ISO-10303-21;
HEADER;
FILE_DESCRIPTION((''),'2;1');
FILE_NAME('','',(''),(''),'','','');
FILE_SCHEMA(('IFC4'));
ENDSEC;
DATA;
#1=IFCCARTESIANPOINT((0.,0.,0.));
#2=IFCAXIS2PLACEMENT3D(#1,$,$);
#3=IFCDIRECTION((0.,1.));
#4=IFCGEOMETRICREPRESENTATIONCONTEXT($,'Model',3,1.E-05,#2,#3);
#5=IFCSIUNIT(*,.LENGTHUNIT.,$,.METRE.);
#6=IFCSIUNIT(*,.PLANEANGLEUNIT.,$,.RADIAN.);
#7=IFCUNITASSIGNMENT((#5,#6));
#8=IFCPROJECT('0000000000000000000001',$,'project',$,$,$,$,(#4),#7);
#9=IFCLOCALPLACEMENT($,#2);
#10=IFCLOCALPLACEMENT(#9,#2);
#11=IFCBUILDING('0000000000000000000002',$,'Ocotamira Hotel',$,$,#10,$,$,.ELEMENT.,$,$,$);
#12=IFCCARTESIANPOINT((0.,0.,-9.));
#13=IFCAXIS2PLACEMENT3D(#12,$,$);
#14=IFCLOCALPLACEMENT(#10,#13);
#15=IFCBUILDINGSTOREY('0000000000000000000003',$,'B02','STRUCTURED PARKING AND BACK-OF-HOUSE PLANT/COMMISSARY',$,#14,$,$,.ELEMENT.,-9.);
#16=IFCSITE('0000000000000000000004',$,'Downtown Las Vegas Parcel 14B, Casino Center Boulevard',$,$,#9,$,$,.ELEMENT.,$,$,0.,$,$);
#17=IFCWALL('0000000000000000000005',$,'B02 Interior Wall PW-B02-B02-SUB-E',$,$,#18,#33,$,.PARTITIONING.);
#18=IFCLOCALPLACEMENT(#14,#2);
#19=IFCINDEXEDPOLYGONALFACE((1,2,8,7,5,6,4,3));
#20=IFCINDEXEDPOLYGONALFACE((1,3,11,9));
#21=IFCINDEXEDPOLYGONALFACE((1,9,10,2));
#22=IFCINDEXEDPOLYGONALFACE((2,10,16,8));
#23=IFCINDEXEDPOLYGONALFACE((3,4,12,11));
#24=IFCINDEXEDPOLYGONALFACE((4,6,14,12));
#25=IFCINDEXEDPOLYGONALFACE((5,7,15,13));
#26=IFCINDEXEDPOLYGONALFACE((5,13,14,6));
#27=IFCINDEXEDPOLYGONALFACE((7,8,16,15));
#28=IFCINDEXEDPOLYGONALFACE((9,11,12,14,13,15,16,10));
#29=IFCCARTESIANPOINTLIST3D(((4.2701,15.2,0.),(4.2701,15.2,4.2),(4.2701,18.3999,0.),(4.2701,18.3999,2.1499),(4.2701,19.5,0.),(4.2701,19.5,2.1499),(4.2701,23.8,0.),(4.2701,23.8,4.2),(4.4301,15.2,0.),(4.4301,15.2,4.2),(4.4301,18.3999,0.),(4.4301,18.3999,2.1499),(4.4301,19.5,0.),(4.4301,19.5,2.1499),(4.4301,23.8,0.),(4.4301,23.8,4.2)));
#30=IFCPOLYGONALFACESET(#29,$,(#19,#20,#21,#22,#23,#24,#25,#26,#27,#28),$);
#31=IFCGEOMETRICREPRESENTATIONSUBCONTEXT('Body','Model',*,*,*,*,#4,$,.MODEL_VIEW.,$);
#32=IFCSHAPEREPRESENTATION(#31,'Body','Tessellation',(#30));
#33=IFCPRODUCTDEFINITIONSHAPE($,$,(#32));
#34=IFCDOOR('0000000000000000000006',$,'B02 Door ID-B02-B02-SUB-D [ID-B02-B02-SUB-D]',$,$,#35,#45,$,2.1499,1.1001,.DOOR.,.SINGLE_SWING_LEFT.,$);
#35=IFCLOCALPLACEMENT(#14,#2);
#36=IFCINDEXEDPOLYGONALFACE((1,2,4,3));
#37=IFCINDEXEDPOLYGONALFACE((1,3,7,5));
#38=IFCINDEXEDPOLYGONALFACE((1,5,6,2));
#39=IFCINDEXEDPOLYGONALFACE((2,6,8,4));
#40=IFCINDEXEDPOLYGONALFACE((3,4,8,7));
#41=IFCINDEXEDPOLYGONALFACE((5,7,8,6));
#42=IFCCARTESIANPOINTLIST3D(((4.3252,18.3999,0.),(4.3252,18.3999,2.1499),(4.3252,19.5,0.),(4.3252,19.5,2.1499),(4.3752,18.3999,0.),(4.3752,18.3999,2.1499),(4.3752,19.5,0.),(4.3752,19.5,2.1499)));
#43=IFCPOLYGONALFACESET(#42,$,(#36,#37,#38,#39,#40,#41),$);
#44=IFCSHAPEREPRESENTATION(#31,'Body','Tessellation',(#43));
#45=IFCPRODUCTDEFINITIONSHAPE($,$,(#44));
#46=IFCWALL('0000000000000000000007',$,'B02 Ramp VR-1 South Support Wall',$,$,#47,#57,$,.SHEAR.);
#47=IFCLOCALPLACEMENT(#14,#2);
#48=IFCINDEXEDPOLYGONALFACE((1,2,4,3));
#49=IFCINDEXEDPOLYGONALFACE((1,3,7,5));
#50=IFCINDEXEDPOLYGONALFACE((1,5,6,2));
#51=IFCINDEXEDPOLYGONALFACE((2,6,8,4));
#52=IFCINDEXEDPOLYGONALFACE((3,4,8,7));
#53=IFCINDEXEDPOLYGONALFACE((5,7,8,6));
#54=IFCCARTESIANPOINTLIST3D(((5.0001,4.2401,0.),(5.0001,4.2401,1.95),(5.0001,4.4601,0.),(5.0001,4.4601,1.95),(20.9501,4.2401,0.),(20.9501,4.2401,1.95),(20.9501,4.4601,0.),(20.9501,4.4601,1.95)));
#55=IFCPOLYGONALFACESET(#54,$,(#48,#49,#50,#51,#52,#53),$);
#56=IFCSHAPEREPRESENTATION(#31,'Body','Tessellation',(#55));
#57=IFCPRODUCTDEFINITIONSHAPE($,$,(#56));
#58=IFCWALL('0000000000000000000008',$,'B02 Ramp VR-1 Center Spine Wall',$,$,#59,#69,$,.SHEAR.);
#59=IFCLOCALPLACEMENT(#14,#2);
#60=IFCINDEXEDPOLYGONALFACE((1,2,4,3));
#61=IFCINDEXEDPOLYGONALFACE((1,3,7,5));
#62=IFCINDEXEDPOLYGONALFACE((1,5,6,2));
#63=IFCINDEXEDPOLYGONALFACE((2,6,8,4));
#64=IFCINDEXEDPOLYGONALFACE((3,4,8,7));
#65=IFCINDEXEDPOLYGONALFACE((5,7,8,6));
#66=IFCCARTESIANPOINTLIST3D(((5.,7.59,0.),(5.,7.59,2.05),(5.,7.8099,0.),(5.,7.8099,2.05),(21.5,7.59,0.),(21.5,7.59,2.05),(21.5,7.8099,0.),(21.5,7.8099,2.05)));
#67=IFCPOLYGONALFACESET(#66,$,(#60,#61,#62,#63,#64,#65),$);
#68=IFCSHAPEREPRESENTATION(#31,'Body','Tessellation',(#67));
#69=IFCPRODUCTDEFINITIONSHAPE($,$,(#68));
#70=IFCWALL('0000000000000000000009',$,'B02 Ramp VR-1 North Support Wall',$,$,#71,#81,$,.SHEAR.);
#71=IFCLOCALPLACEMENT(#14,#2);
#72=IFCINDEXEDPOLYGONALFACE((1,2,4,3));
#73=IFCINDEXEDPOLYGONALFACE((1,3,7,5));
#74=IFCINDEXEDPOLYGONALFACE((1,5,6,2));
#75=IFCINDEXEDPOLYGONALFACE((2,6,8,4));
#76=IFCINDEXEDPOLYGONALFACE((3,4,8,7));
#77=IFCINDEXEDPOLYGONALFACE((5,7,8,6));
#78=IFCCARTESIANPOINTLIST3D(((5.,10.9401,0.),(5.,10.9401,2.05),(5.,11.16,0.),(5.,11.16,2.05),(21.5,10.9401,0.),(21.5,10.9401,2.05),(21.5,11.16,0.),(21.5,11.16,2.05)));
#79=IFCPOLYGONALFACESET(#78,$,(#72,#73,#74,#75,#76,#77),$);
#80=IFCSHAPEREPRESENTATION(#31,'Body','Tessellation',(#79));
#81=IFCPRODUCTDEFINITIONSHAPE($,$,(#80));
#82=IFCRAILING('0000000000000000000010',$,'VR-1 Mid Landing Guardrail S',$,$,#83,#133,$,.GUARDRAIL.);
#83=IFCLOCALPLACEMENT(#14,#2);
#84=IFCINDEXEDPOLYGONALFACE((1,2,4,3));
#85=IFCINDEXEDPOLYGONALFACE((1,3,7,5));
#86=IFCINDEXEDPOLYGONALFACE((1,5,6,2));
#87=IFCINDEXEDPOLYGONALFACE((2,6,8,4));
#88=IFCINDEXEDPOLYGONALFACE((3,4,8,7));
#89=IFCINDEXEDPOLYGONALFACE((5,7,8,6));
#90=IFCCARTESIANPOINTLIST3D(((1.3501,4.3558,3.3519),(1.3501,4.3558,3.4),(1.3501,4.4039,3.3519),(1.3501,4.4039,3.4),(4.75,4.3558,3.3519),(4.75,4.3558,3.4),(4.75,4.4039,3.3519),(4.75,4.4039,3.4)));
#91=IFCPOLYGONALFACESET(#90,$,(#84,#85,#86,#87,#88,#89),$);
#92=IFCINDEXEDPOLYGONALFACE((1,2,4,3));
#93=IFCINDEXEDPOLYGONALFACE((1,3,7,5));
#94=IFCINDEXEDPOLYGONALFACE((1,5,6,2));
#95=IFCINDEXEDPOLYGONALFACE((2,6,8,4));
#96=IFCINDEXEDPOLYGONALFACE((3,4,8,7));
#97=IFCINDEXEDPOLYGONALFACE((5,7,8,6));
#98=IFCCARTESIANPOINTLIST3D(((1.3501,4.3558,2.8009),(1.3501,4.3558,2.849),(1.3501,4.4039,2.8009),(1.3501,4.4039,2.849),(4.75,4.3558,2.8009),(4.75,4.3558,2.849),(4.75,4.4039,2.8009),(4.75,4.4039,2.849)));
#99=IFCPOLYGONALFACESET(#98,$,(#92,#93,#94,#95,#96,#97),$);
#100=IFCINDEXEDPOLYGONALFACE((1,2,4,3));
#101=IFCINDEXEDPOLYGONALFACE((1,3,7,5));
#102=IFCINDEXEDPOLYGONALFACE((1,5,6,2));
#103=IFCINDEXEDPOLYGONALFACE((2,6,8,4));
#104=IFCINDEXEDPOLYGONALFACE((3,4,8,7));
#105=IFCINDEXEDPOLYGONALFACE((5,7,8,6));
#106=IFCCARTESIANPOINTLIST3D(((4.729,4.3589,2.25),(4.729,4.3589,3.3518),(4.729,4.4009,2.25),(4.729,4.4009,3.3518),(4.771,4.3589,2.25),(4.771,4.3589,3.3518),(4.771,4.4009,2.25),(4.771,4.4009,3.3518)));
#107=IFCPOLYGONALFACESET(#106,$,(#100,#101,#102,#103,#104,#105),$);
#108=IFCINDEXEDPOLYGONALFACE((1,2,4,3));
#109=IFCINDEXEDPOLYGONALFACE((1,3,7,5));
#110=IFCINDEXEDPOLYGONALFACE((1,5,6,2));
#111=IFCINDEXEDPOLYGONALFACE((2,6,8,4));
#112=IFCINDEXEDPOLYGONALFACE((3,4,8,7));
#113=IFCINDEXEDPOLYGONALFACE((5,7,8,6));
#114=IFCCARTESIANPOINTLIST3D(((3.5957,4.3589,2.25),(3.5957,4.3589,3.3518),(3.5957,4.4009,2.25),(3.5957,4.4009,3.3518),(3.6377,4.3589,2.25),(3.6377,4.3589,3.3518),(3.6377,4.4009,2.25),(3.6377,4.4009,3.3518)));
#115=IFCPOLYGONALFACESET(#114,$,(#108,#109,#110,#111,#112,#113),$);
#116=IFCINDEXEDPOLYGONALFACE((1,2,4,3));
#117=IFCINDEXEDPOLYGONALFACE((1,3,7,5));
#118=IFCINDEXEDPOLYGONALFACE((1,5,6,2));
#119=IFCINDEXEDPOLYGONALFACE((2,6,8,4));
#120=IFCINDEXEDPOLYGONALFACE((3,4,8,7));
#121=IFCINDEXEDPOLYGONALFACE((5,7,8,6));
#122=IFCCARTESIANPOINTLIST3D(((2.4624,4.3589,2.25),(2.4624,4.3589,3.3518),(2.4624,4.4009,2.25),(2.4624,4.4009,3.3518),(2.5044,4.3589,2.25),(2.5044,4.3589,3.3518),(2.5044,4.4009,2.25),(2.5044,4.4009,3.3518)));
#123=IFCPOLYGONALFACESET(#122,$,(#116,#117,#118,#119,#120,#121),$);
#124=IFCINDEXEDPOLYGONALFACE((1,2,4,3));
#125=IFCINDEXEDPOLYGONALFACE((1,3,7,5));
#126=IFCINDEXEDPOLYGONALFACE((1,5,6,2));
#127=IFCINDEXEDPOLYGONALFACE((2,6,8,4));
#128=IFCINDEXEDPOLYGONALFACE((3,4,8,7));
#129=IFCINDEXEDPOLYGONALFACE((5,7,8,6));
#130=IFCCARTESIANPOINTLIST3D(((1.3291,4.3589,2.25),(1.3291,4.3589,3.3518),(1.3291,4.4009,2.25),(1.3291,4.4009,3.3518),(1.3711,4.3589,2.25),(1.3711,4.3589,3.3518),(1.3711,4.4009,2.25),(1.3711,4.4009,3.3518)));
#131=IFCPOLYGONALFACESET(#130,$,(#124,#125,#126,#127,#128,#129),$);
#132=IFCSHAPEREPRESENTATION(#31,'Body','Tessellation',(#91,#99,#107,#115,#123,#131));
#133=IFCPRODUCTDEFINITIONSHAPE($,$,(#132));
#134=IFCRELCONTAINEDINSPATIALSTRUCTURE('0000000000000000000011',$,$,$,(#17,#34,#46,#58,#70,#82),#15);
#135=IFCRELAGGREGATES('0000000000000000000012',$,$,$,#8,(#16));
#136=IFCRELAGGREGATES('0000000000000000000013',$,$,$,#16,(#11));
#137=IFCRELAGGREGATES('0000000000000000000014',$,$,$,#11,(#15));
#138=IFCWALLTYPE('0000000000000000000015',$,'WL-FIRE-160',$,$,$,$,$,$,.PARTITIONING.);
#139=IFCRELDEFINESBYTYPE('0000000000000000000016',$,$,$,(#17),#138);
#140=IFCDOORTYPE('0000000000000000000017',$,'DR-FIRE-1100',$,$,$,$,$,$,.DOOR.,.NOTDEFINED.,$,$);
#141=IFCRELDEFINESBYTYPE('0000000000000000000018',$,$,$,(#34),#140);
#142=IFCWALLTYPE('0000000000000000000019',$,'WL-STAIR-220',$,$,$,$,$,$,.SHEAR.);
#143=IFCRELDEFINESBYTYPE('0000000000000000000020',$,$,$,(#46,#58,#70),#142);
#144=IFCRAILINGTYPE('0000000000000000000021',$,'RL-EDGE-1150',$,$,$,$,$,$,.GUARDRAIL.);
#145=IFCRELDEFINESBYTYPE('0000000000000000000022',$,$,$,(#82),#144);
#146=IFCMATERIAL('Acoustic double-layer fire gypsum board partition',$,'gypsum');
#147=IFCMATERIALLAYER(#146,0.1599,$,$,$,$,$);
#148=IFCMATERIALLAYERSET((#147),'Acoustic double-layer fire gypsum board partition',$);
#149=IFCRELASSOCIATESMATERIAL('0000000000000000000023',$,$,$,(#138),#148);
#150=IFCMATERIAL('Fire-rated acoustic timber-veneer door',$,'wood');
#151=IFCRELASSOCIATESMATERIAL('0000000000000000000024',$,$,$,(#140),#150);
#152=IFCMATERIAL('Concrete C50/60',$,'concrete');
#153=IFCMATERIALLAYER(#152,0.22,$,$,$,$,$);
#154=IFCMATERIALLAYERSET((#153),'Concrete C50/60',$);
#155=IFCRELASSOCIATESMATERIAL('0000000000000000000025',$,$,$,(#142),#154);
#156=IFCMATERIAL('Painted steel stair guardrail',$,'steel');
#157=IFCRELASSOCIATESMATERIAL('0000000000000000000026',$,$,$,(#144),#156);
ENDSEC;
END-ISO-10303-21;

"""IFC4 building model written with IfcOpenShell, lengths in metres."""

from ifc_helpers import new_model, si_unit, direction, frame, frame_2d, origin, origin_2d, place, context, subcontext, project, spatial, rectangle, extrude, source, transform, mapped, material, layer, layer_set, type_object, element, fill, save


model = new_model("IFC4")

# Units and contexts
model_context = context("Model", 3, precision=1e-05, world=origin(), true_north=direction((0.0, 1.0)))
body_context = subcontext(model_context, "Body", "Model", "MODEL_VIEW")
ifc_project = project(units=[si_unit("LENGTHUNIT", "METRE"), si_unit("PLANEANGLEUNIT", "RADIAN")], contexts=[model_context])

# Site, building, storey
site_placement = place(None, origin())
site = spatial("IfcSite", under=ifc_project, at=site_placement, Name="Downtown Las Vegas Parcel 14B, Casino Center Boulevard", CompositionType="ELEMENT", RefElevation=0.0)
building_placement = place(site_placement, origin())
building = spatial("IfcBuilding", under=site, at=building_placement, Name="Ocotamira Hotel", CompositionType="ELEMENT")
storey_placement = place(building_placement, frame((0.0, 0.0, -9.0)))
storey = spatial("IfcBuildingStorey", under=building, at=storey_placement, Name="B02", Description="STRUCTURED PARKING AND BACK-OF-HOUSE PLANT/COMMISSARY", CompositionType="ELEMENT", Elevation=-9.0)

# Shared definitions
ifc_material_1 = material(Name="Concrete C50/60", Category="concrete")

# Shared definitions
ifc_material_2 = material(Name="Fire-rated acoustic timber-veneer door", Category="wood")

# Wall, opening, door
ifc_material_3 = material(Name="Acoustic double-layer fire gypsum board partition", Category="gypsum")
ifc_layer_1 = layer(ifc_material_3, 0.1599)
ifc_layer_set_1 = layer_set([ifc_layer_1], Name="Acoustic double-layer fire gypsum board partition")
wall_type_1 = type_object("IfcWallType", Name="WL-FIRE-160", PredefinedType="PARTITIONING", material=ifc_layer_set_1)
wall_1_placement = place(storey_placement, frame((4.3501, 15.2, 0.0), z_axis=(0.0, 0.0, 1.0), x_axis=(0.0, 1.0, 0.0)))
wall_1 = element("IfcWall", 1, at=wall_1_placement, inside=storey, type_object=wall_type_1, Name="B02 Interior Wall PW-B02-B02-SUB-E", PredefinedType="PARTITIONING", context=body_context, shape_type="SweptSolid", body=[
    extrude(rectangle(XDim=8.6001, YDim=0.1599, at=frame_2d((4.3, 0.0))), origin(), (0.0, 0.0, 1.0), 4.2),
])
opening_1_placement = place(wall_1_placement, frame((3.2, 0.0, 0.0)))
opening_1 = element("IfcOpeningElement", 2, at=opening_1_placement, cuts=wall_1, PredefinedType="OPENING", context=body_context, shape_type="SweptSolid", body=[
    extrude(rectangle(XDim=1.1001, YDim=2.1499, at=frame_2d((0.55, 1.075))), frame((0.0, 0.0898, 0.0), z_axis=(0.0, -1.0, 0.0), x_axis=(1.0, 0.0, 0.0)), (0.0, 0.0, 1.0), 0.1799),
])
door_type_1 = type_object("IfcDoorType", Name="DR-FIRE-1100", OperationType="NOTDEFINED", PredefinedType="DOOR", material=ifc_material_2)
shared_shape_1 = source(origin(), body_context, "Body", "SweptSolid", [
    extrude(rectangle(XDim=1.1001, YDim=2.1499, at=frame_2d((0.55, 1.075))), frame((0.0, 0.0249, 0.0), z_axis=(0.0, -1.0, 0.0), x_axis=(1.0, 0.0, 0.0)), (0.0, 0.0, 1.0), 0.05),
])
door_1_placement = place(opening_1_placement, origin())
door_1 = element("IfcDoor", 3, at=door_1_placement, inside=storey, type_object=door_type_1, Name="B02 Door ID-B02-B02-SUB-D [ID-B02-B02-SUB-D]", OperationType="SINGLE_SWING_LEFT", OverallHeight=2.1499, OverallWidth=1.1001, PredefinedType="DOOR", context=body_context, shape_type="MappedRepresentation", body=[
    mapped(shared_shape_1, transform((0.0, 0.0, 0.0), scale=1.0)),
])
fill(opening_1, door_1)

# Walls
ifc_layer_2 = layer(ifc_material_1, 0.22)
ifc_layer_set_2 = layer_set([ifc_layer_2], Name="Concrete C50/60")
wall_type_2 = type_object("IfcWallType", Name="WL-STAIR-220", PredefinedType="SHEAR", material=ifc_layer_set_2)
wall_2_placement = place(storey_placement, frame((5.0, 4.3501, 0.0), z_axis=(0.0, 0.0, 1.0), x_axis=(1.0, 0.0, 0.0)))
element("IfcWall", 4, at=wall_2_placement, inside=storey, type_object=wall_type_2, Name="B02 Ramp VR-1 South Support Wall", PredefinedType="SHEAR", context=body_context, shape_type="SweptSolid", body=[
    extrude(rectangle(XDim=15.95, YDim=0.22, at=frame_2d((7.9751, 0.0))), origin(), (0.0, 0.0, 1.0), 1.95),
])
for number, where, z_axis, x_axis, name in (
    (5, (5.0, 7.7, 0.0), (0.0, 0.0, 1.0), (1.0, 0.0, 0.0), "B02 Ramp VR-1 Center Spine Wall"),
    (6, (5.0, 11.05, 0.0), (0.0, 0.0, 1.0), (1.0, 0.0, 0.0), "B02 Ramp VR-1 North Support Wall"),
):
    element("IfcWall", number, at=place(storey_placement, frame(where, z_axis=z_axis, x_axis=x_axis)), inside=storey, type_object=wall_type_2, Name=name, PredefinedType="SHEAR", context=body_context, shape_type="SweptSolid", body=[
        extrude(rectangle(XDim=16.5, YDim=0.22, at=frame_2d((8.25, 0.0))), origin(), (0.0, 0.0, 1.0), 2.05),
    ])

# Railing
ifc_material_4 = material(Name="Painted steel stair guardrail", Category="steel")
railing_type = type_object("IfcRailingType", Name="RL-EDGE-1150", PredefinedType="GUARDRAIL", material=ifc_material_4)
railing_1_placement = place(storey_placement, frame((4.75, 4.3799, 2.25)))
element("IfcRailing", 7, at=railing_1_placement, inside=storey, type_object=railing_type, Name="VR-1 Mid Landing Guardrail S", PredefinedType="GUARDRAIL", context=body_context, shape_type="SweptSolid", body=[
    extrude(rectangle(XDim=0.0481, YDim=0.0481, at=origin_2d()), frame((0.0, 0.0, 1.126), z_axis=(-1.0, 0.0, 0.0), x_axis=(0.0, -1.0, 0.0)), (0.0, 0.0, 1.0), 3.3999),
    extrude(rectangle(XDim=0.0481, YDim=0.0481, at=origin_2d()), frame((0.0, 0.0, 0.575), z_axis=(-1.0, 0.0, 0.0), x_axis=(0.0, -1.0, 0.0)), (0.0, 0.0, 1.0), 3.3999),
    extrude(rectangle(XDim=0.042, YDim=0.042, at=origin_2d()), origin(), (0.0, 0.0, 1.0), 1.1018),
    extrude(rectangle(XDim=0.042, YDim=0.042, at=origin_2d()), frame((-1.1333, 0.0, 0.0)), (0.0, 0.0, 1.0), 1.1018),
    extrude(rectangle(XDim=0.042, YDim=0.042, at=origin_2d()), frame((-2.2666, 0.0, 0.0)), (0.0, 0.0, 1.0), 1.1018),
    extrude(rectangle(XDim=0.042, YDim=0.042, at=origin_2d()), frame((-3.3999, 0.0, 0.0)), (0.0, 0.0, 1.0), 1.1018),
])

save(model, "model.ifc")
